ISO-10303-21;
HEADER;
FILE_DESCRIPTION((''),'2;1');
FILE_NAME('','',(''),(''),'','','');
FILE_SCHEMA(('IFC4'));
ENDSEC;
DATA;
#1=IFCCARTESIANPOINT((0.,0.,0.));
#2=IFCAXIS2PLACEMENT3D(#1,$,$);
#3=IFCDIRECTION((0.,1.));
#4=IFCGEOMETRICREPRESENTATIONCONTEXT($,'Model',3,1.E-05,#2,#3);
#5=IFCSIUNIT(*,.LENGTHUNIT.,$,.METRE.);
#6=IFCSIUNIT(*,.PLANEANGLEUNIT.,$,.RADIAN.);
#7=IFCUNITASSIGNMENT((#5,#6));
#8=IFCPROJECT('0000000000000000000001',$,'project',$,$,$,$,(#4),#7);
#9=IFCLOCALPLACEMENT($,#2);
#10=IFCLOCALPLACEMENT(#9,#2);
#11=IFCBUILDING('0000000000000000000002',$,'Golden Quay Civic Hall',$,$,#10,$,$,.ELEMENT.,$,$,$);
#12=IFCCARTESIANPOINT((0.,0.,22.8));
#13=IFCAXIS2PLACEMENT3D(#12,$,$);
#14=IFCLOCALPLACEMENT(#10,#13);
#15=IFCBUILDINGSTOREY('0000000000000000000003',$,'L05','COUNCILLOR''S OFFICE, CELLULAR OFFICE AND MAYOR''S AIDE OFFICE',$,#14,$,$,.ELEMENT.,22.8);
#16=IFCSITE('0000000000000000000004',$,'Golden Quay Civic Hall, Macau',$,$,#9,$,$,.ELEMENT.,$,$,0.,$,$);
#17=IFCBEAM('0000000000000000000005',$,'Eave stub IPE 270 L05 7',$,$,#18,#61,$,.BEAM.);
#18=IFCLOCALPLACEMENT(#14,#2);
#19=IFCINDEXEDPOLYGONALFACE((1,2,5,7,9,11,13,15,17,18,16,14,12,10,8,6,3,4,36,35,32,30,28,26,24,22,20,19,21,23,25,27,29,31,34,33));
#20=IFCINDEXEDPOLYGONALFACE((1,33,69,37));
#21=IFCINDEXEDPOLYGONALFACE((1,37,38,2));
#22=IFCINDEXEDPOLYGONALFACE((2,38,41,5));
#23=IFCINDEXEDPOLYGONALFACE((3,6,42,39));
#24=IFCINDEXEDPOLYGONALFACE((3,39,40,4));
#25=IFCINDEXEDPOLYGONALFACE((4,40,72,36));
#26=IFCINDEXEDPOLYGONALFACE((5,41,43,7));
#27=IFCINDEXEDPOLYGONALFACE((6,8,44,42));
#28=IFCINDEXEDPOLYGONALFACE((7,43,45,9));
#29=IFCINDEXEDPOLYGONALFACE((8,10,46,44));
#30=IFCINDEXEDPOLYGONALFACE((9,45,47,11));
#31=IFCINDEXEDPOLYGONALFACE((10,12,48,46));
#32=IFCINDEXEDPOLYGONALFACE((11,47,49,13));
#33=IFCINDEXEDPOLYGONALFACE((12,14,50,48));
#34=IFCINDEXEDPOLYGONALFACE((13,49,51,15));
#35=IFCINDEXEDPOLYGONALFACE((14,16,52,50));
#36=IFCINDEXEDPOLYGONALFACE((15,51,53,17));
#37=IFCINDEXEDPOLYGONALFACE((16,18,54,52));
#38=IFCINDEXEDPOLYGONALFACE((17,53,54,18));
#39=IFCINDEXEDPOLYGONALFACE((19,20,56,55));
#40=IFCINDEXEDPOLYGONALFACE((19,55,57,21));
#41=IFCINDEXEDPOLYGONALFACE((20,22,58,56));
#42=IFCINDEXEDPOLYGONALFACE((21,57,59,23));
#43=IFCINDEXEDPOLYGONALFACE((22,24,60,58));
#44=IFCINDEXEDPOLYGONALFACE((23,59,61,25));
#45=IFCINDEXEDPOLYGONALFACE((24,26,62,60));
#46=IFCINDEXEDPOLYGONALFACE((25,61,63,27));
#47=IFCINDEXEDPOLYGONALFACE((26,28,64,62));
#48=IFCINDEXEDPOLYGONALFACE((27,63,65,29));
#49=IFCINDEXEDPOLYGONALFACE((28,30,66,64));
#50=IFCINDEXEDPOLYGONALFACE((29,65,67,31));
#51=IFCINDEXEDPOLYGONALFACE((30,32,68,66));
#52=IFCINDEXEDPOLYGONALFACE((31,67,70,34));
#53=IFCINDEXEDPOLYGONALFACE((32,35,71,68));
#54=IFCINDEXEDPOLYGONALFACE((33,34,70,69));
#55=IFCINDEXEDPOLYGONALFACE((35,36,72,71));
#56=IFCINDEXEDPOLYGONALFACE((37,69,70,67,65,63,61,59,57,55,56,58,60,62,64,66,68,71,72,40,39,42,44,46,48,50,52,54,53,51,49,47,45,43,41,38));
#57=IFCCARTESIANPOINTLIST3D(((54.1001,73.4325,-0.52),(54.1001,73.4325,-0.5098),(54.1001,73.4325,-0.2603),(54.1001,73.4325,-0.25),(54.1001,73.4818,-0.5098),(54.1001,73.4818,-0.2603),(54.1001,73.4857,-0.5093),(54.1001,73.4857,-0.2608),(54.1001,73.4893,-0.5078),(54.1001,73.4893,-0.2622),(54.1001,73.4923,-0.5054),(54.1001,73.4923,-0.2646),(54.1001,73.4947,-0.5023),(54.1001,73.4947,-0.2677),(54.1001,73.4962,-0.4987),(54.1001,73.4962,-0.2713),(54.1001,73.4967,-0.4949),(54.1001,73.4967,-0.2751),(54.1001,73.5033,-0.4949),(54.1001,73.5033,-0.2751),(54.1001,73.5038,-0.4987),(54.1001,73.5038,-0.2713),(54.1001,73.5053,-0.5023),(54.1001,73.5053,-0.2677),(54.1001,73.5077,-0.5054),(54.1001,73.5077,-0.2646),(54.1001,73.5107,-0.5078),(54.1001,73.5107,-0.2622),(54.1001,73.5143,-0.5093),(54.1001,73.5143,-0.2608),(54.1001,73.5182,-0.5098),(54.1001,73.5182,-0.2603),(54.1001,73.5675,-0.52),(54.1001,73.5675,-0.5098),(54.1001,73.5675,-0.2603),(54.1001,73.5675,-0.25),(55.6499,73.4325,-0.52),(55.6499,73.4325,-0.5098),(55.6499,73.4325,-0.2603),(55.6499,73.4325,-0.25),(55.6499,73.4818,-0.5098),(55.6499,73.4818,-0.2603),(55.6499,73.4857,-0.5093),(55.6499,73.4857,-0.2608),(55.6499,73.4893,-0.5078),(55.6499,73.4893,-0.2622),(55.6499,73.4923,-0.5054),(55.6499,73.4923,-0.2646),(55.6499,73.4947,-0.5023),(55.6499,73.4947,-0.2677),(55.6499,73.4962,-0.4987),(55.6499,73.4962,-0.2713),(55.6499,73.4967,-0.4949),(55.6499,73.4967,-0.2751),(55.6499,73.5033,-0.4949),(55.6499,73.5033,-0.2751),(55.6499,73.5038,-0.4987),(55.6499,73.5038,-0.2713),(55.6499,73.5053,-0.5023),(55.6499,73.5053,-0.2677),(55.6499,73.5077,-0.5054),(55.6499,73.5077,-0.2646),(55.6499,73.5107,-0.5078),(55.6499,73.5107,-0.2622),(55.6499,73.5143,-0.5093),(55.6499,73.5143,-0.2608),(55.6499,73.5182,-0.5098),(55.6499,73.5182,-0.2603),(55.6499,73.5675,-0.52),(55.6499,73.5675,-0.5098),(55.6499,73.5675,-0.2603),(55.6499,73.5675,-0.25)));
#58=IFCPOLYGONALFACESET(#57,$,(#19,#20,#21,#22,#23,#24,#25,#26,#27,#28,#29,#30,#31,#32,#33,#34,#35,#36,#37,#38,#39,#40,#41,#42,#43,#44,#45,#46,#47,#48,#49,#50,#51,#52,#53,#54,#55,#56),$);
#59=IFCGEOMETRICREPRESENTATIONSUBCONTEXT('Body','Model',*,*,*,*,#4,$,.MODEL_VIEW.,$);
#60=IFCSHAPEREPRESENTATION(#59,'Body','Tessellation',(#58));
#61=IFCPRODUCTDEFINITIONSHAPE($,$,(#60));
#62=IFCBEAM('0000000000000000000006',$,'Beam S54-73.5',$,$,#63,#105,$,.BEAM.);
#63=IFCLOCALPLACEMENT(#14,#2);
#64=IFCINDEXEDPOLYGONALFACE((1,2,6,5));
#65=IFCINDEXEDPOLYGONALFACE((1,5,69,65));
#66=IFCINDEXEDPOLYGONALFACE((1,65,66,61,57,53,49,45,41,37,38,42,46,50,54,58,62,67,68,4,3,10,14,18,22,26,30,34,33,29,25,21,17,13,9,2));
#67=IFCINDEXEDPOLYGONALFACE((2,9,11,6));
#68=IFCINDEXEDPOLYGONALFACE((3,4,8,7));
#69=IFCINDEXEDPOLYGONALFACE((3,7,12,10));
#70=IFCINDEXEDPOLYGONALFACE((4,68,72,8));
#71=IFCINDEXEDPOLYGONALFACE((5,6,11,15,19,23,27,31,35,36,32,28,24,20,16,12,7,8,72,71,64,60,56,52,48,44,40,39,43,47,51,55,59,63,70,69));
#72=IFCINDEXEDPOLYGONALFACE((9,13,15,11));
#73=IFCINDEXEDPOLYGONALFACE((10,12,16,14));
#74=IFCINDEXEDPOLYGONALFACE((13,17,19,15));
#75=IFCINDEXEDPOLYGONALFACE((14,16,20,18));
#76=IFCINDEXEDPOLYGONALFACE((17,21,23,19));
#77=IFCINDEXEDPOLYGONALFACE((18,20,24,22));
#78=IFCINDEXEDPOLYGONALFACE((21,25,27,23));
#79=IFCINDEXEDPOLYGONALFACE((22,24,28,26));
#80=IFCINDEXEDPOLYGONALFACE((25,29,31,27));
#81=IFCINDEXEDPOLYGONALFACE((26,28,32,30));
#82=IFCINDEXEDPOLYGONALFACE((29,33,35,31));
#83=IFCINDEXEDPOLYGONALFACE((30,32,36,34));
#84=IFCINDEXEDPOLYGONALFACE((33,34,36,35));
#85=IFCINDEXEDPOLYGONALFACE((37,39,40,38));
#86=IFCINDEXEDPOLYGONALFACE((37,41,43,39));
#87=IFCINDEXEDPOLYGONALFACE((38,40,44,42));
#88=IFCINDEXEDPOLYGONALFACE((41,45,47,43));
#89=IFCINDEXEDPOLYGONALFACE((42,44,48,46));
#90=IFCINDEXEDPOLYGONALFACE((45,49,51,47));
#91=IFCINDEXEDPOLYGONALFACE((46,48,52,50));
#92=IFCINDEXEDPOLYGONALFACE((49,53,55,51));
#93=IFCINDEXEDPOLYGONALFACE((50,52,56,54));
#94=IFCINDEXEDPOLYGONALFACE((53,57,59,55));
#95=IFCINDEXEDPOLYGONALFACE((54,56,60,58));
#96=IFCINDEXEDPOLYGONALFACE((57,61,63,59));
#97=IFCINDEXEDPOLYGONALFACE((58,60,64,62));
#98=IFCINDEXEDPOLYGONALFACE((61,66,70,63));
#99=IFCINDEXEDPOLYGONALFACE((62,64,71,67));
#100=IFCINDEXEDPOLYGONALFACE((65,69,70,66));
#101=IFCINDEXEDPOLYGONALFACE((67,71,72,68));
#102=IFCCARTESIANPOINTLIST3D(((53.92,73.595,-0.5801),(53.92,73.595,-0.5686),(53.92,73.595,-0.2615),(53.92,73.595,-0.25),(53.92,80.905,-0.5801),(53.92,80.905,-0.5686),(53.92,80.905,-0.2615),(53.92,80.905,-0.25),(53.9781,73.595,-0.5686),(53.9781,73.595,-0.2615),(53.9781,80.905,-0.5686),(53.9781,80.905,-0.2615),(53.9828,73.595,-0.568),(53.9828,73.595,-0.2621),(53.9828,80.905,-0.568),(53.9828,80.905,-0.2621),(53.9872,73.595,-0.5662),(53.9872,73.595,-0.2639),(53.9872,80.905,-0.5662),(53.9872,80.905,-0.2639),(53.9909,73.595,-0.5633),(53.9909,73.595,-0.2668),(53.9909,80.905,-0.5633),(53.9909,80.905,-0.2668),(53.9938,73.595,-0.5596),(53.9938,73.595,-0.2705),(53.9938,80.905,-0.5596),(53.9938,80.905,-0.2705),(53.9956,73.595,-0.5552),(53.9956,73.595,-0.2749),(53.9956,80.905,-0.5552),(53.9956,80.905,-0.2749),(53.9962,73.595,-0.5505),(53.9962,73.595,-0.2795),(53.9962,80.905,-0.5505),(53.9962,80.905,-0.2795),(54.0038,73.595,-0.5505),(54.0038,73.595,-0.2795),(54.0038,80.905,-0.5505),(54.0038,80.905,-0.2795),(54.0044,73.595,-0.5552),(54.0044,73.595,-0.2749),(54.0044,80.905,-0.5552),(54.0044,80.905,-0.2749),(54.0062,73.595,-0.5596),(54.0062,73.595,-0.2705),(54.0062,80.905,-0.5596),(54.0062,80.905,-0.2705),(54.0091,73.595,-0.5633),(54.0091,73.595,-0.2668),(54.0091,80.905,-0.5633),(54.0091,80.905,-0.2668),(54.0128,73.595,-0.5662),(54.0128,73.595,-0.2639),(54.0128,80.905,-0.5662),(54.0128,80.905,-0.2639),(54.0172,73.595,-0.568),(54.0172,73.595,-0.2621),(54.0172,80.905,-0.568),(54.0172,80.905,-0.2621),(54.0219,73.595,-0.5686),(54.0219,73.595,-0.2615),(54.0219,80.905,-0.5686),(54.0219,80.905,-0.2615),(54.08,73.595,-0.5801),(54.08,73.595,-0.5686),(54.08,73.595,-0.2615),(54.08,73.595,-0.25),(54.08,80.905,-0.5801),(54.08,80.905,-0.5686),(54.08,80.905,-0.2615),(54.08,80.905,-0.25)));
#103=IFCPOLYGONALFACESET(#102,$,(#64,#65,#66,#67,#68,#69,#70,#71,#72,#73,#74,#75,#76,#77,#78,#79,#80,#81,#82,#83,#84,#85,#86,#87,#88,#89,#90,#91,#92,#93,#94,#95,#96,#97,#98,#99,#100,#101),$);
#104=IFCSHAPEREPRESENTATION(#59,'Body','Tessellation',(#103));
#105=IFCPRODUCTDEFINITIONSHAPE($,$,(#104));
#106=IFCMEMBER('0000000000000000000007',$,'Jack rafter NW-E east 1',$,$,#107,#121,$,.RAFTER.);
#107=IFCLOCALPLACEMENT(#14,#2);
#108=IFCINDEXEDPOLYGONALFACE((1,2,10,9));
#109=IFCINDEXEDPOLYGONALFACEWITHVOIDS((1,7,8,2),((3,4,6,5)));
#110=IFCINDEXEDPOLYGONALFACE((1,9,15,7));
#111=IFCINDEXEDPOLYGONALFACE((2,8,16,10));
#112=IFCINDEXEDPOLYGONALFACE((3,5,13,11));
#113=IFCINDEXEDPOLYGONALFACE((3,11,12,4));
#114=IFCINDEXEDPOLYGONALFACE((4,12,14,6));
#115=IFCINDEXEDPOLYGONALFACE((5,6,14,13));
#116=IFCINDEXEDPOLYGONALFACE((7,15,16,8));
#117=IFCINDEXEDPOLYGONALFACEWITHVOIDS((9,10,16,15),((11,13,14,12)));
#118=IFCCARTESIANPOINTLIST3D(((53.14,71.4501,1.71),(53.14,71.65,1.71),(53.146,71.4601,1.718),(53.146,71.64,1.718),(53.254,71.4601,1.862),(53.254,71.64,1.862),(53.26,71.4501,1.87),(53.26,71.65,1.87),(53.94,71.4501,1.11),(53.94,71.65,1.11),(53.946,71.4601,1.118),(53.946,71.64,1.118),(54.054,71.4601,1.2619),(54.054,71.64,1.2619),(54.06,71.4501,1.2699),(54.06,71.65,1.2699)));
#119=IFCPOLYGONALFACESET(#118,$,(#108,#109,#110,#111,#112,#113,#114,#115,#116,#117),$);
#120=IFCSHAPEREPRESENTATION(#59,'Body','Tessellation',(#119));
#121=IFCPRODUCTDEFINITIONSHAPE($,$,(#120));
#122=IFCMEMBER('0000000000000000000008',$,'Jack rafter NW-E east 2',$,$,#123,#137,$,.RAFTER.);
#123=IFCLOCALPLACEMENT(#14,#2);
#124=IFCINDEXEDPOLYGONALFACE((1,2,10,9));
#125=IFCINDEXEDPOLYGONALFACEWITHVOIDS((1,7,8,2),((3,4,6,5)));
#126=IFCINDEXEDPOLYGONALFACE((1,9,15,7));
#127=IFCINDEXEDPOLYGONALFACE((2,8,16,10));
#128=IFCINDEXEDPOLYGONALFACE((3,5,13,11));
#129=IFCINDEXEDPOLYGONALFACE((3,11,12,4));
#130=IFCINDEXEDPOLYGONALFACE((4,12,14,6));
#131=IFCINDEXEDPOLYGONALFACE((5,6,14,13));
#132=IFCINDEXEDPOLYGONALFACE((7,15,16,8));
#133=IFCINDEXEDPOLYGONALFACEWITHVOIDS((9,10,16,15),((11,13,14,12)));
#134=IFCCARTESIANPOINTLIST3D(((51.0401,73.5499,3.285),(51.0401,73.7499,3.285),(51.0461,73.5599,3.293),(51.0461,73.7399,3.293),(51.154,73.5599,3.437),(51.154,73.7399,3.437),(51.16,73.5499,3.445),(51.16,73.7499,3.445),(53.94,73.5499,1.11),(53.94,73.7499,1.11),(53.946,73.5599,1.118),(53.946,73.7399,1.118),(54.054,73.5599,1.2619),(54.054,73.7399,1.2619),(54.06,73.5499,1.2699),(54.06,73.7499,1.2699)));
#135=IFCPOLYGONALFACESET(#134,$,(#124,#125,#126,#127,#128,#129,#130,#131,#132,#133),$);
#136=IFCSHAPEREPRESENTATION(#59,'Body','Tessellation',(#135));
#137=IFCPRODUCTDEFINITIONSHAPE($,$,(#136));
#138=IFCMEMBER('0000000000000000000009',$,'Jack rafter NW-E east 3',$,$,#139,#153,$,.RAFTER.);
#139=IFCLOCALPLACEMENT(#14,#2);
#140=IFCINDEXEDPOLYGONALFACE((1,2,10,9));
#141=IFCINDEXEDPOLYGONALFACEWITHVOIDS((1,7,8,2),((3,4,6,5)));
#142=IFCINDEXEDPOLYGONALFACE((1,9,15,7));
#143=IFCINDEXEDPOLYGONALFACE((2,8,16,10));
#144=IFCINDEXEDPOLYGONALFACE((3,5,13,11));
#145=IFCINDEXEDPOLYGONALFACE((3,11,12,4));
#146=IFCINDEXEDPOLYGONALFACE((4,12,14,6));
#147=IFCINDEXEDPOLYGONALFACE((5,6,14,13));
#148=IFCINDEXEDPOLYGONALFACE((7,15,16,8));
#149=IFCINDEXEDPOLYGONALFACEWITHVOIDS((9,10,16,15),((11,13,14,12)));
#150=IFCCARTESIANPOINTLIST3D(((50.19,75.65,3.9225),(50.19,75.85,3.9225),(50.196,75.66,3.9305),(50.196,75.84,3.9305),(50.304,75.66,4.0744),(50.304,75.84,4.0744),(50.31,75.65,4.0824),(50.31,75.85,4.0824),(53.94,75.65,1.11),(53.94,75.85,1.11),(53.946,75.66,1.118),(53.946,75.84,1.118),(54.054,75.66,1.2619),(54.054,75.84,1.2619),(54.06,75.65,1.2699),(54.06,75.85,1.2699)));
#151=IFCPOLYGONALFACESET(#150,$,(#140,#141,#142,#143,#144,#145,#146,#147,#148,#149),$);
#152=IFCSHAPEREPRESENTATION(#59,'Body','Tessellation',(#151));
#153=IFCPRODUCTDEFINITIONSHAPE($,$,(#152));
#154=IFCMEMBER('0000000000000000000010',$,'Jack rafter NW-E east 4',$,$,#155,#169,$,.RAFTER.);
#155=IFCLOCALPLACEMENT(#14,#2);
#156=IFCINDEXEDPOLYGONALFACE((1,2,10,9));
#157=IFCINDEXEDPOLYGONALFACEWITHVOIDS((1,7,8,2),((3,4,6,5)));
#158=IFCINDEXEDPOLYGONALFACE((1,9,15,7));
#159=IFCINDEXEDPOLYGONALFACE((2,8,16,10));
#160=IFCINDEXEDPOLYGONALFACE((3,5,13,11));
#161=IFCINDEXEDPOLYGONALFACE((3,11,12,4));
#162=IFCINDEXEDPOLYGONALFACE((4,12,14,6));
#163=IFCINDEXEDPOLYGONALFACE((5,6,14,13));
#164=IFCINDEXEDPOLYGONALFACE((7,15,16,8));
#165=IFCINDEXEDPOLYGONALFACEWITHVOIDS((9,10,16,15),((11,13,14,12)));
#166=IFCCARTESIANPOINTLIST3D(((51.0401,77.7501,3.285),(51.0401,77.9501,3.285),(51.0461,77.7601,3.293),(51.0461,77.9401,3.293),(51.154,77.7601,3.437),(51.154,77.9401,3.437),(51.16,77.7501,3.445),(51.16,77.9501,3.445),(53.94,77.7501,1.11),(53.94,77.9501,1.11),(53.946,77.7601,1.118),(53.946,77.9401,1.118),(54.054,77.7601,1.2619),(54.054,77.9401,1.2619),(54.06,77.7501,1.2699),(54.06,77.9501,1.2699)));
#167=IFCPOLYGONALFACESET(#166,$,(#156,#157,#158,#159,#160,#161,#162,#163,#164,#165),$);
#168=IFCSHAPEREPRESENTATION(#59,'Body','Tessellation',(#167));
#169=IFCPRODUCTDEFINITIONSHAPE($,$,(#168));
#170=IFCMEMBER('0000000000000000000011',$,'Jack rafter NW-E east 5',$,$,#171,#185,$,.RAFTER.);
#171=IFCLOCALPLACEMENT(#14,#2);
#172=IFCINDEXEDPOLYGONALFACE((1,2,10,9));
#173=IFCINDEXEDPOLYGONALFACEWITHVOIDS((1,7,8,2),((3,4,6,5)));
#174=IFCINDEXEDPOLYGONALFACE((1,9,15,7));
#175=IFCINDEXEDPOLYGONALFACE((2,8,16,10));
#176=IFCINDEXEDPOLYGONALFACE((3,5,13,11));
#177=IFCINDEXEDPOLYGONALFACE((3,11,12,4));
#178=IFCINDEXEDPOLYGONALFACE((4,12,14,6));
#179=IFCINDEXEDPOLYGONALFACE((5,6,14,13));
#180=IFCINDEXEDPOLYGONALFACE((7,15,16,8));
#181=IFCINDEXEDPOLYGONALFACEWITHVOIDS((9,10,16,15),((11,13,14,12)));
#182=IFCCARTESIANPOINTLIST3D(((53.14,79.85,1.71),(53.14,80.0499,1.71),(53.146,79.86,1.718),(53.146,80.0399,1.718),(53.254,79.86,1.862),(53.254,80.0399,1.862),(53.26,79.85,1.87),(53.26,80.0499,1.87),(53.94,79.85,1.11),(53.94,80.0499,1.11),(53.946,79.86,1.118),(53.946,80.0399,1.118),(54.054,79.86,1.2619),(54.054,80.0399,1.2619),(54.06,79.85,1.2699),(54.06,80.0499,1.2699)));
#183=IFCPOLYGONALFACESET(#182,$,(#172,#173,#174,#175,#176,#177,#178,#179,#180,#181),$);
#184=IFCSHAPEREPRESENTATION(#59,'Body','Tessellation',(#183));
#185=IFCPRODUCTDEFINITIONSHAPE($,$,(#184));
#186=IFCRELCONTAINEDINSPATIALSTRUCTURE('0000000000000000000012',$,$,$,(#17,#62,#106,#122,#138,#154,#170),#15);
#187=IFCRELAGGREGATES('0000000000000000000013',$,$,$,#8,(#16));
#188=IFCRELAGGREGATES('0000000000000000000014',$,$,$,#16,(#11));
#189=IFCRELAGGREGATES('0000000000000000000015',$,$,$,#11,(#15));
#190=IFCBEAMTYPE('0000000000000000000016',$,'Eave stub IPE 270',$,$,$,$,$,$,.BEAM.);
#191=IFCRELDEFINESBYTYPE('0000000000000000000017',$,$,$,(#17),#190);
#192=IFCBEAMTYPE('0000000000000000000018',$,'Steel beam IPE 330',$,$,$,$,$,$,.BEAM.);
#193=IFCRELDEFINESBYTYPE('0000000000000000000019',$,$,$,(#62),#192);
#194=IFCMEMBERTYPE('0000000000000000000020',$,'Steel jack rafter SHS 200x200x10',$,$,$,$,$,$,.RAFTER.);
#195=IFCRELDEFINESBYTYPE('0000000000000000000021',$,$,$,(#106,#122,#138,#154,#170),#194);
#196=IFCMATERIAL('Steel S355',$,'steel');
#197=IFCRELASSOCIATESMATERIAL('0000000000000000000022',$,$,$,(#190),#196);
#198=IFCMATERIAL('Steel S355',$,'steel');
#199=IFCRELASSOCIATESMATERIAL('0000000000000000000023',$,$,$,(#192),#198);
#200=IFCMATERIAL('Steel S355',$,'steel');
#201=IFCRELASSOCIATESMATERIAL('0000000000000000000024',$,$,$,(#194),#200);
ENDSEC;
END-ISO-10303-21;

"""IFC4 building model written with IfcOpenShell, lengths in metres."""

from ifc_helpers import new_model, si_unit, direction, frame, origin, origin_2d, place, context, subcontext, project, spatial, hollow_rectangle, i_section, extrude, material, material_profile, profile_set, type_object, element, save


model = new_model("IFC4")

# Units and contexts
model_context = context("Model", 3, precision=1e-05, world=origin(), true_north=direction((0.0, 1.0)))
body_context = subcontext(model_context, "Body", "Model", "MODEL_VIEW")
ifc_project = project(units=[si_unit("LENGTHUNIT", "METRE"), si_unit("PLANEANGLEUNIT", "RADIAN")], contexts=[model_context])

# Site, building, storey
site_placement = place(None, origin())
site = spatial("IfcSite", under=ifc_project, at=site_placement, Name="Golden Quay Civic Hall, Macau", CompositionType="ELEMENT", RefElevation=0.0)
building_placement = place(site_placement, origin())
building = spatial("IfcBuilding", under=site, at=building_placement, Name="Golden Quay Civic Hall", CompositionType="ELEMENT")
storey_placement = place(building_placement, frame((0.0, 0.0, 22.8)))
storey = spatial("IfcBuildingStorey", under=building, at=storey_placement, Name="L05", Description="COUNCILLOR'S OFFICE, CELLULAR OFFICE AND MAYOR'S AIDE OFFICE", CompositionType="ELEMENT", Elevation=22.8)

# Beams
ifc_material_1 = material(Name="Steel S355", Category="steel")
ifc_material_profile_1 = material_profile(ifc_material_1, i_section(OverallWidth=0.135, OverallDepth=0.27, WebThickness=0.0066, FlangeThickness=0.0103, FilletRadius=0.0149, at=origin_2d()), Name="IPE 270")
ifc_profile_set_1 = profile_set([ifc_material_profile_1], Name="Steel S355")
beam_type_1 = type_object("IfcBeamType", Name="Eave stub IPE 270", PredefinedType="BEAM", material=ifc_profile_set_1)
for number, where, z_axis, x_axis, name in (
    (1, (54.1001, 73.5, -0.385), (1.0, 0.0, 0.0), (0.0, 1.0, 0.0), "Eave stub IPE 270 L05 7"),
):
    element("IfcBeam", number, at=place(storey_placement, frame(where, z_axis=z_axis, x_axis=x_axis)), inside=storey, type_object=beam_type_1, Name=name, PredefinedType="BEAM", context=body_context, shape_type="SweptSolid", body=[
        extrude(i_section(OverallWidth=0.135, OverallDepth=0.27, WebThickness=0.0066, FlangeThickness=0.0103, FilletRadius=0.0149, at=origin_2d()), origin(), (0.0, 0.0, 1.0), 1.5498),
    ])
ifc_material_2 = material(Name="Steel S355", Category="steel")
ifc_material_profile_2 = material_profile(ifc_material_2, i_section(OverallWidth=0.1599, OverallDepth=0.3301, WebThickness=0.0076, FlangeThickness=0.0115, FilletRadius=0.0181, at=origin_2d()), Name="IPE 330")
ifc_profile_set_2 = profile_set([ifc_material_profile_2], Name="Steel S355")
beam_type_2 = type_object("IfcBeamType", Name="Steel beam IPE 330", PredefinedType="BEAM", material=ifc_profile_set_2)
beam_1_placement = place(storey_placement, frame((54.0, 73.595, -0.415), z_axis=(0.0, 1.0, 0.0), x_axis=(-1.0, 0.0, 0.0)))
element("IfcBeam", 2, at=beam_1_placement, inside=storey, type_object=beam_type_2, Name="Beam S54-73.5", PredefinedType="BEAM", context=body_context, shape_type="SweptSolid", body=[
    extrude(i_section(OverallWidth=0.1599, OverallDepth=0.3301, WebThickness=0.0076, FlangeThickness=0.0115, FilletRadius=0.0181, at=origin_2d()), origin(), (0.0, 0.0, 1.0), 7.3101),
])

# Members
ifc_material_3 = material(Name="Steel S355", Category="steel")
ifc_material_profile_3 = material_profile(ifc_material_3, hollow_rectangle(XDim=0.2, YDim=0.2, WallThickness=0.01, at=origin_2d()), Name="SHS 200x200x10")
ifc_profile_set_3 = profile_set([ifc_material_profile_3], Name="Steel S355")
member_type_1 = type_object("IfcMemberType", Name="Steel jack rafter SHS 200x200x10", PredefinedType="RAFTER", material=ifc_profile_set_3)
member_1_placement = place(storey_placement, frame((54.0, 71.55, 1.1899), z_axis=(-0.799971, 0.0, 0.600039), x_axis=(0.0, -1.0, 0.0)))
element("IfcMember", 3, at=member_1_placement, inside=storey, type_object=member_type_1, Name="Jack rafter NW-E east 1", PredefinedType="RAFTER", context=body_context, shape_type="SweptSolid", body=[
    extrude(hollow_rectangle(XDim=0.2, YDim=0.2, WallThickness=0.01, at=origin_2d()), origin(), (0.0, 0.0, 1.0), 1.0),
])
member_2_placement = place(storey_placement, frame((54.0, 73.6499, 1.1899), z_axis=(-0.799984, 0.0, 0.600022), x_axis=(0.0, -1.0, 0.0)))
element("IfcMember", 4, at=member_2_placement, inside=storey, type_object=member_type_1, Name="Jack rafter NW-E east 2", PredefinedType="RAFTER", context=body_context, shape_type="SweptSolid", body=[
    extrude(hollow_rectangle(XDim=0.2, YDim=0.2, WallThickness=0.01, at=origin_2d()), origin(), (0.0, 0.0, 1.0), 3.625),
])
member_3_placement = place(storey_placement, frame((54.0, 75.75, 1.1899), z_axis=(-0.8, 0.0, 0.6), x_axis=(0.0, -1.0, 0.0)))
element("IfcMember", 5, at=member_3_placement, inside=storey, type_object=member_type_1, Name="Jack rafter NW-E east 3", PredefinedType="RAFTER", context=body_context, shape_type="SweptSolid", body=[
    extrude(hollow_rectangle(XDim=0.2, YDim=0.2, WallThickness=0.01, at=origin_2d()), origin(), (0.0, 0.0, 1.0), 4.6875),
])
member_4_placement = place(storey_placement, frame((54.0, 77.8501, 1.1899), z_axis=(-0.799984, 0.0, 0.600022), x_axis=(0.0, -1.0, 0.0)))
element("IfcMember", 6, at=member_4_placement, inside=storey, type_object=member_type_1, Name="Jack rafter NW-E east 4", PredefinedType="RAFTER", context=body_context, shape_type="SweptSolid", body=[
    extrude(hollow_rectangle(XDim=0.2, YDim=0.2, WallThickness=0.01, at=origin_2d()), origin(), (0.0, 0.0, 1.0), 3.625),
])
member_5_placement = place(storey_placement, frame((54.0, 79.95, 1.1899), z_axis=(-0.799971, 0.0, 0.600039), x_axis=(0.0, -1.0, 0.0)))
element("IfcMember", 7, at=member_5_placement, inside=storey, type_object=member_type_1, Name="Jack rafter NW-E east 5", PredefinedType="RAFTER", context=body_context, shape_type="SweptSolid", body=[
    extrude(hollow_rectangle(XDim=0.2, YDim=0.2, WallThickness=0.01, at=origin_2d()), origin(), (0.0, 0.0, 1.0), 1.0),
])

save(model, "model.ifc")
